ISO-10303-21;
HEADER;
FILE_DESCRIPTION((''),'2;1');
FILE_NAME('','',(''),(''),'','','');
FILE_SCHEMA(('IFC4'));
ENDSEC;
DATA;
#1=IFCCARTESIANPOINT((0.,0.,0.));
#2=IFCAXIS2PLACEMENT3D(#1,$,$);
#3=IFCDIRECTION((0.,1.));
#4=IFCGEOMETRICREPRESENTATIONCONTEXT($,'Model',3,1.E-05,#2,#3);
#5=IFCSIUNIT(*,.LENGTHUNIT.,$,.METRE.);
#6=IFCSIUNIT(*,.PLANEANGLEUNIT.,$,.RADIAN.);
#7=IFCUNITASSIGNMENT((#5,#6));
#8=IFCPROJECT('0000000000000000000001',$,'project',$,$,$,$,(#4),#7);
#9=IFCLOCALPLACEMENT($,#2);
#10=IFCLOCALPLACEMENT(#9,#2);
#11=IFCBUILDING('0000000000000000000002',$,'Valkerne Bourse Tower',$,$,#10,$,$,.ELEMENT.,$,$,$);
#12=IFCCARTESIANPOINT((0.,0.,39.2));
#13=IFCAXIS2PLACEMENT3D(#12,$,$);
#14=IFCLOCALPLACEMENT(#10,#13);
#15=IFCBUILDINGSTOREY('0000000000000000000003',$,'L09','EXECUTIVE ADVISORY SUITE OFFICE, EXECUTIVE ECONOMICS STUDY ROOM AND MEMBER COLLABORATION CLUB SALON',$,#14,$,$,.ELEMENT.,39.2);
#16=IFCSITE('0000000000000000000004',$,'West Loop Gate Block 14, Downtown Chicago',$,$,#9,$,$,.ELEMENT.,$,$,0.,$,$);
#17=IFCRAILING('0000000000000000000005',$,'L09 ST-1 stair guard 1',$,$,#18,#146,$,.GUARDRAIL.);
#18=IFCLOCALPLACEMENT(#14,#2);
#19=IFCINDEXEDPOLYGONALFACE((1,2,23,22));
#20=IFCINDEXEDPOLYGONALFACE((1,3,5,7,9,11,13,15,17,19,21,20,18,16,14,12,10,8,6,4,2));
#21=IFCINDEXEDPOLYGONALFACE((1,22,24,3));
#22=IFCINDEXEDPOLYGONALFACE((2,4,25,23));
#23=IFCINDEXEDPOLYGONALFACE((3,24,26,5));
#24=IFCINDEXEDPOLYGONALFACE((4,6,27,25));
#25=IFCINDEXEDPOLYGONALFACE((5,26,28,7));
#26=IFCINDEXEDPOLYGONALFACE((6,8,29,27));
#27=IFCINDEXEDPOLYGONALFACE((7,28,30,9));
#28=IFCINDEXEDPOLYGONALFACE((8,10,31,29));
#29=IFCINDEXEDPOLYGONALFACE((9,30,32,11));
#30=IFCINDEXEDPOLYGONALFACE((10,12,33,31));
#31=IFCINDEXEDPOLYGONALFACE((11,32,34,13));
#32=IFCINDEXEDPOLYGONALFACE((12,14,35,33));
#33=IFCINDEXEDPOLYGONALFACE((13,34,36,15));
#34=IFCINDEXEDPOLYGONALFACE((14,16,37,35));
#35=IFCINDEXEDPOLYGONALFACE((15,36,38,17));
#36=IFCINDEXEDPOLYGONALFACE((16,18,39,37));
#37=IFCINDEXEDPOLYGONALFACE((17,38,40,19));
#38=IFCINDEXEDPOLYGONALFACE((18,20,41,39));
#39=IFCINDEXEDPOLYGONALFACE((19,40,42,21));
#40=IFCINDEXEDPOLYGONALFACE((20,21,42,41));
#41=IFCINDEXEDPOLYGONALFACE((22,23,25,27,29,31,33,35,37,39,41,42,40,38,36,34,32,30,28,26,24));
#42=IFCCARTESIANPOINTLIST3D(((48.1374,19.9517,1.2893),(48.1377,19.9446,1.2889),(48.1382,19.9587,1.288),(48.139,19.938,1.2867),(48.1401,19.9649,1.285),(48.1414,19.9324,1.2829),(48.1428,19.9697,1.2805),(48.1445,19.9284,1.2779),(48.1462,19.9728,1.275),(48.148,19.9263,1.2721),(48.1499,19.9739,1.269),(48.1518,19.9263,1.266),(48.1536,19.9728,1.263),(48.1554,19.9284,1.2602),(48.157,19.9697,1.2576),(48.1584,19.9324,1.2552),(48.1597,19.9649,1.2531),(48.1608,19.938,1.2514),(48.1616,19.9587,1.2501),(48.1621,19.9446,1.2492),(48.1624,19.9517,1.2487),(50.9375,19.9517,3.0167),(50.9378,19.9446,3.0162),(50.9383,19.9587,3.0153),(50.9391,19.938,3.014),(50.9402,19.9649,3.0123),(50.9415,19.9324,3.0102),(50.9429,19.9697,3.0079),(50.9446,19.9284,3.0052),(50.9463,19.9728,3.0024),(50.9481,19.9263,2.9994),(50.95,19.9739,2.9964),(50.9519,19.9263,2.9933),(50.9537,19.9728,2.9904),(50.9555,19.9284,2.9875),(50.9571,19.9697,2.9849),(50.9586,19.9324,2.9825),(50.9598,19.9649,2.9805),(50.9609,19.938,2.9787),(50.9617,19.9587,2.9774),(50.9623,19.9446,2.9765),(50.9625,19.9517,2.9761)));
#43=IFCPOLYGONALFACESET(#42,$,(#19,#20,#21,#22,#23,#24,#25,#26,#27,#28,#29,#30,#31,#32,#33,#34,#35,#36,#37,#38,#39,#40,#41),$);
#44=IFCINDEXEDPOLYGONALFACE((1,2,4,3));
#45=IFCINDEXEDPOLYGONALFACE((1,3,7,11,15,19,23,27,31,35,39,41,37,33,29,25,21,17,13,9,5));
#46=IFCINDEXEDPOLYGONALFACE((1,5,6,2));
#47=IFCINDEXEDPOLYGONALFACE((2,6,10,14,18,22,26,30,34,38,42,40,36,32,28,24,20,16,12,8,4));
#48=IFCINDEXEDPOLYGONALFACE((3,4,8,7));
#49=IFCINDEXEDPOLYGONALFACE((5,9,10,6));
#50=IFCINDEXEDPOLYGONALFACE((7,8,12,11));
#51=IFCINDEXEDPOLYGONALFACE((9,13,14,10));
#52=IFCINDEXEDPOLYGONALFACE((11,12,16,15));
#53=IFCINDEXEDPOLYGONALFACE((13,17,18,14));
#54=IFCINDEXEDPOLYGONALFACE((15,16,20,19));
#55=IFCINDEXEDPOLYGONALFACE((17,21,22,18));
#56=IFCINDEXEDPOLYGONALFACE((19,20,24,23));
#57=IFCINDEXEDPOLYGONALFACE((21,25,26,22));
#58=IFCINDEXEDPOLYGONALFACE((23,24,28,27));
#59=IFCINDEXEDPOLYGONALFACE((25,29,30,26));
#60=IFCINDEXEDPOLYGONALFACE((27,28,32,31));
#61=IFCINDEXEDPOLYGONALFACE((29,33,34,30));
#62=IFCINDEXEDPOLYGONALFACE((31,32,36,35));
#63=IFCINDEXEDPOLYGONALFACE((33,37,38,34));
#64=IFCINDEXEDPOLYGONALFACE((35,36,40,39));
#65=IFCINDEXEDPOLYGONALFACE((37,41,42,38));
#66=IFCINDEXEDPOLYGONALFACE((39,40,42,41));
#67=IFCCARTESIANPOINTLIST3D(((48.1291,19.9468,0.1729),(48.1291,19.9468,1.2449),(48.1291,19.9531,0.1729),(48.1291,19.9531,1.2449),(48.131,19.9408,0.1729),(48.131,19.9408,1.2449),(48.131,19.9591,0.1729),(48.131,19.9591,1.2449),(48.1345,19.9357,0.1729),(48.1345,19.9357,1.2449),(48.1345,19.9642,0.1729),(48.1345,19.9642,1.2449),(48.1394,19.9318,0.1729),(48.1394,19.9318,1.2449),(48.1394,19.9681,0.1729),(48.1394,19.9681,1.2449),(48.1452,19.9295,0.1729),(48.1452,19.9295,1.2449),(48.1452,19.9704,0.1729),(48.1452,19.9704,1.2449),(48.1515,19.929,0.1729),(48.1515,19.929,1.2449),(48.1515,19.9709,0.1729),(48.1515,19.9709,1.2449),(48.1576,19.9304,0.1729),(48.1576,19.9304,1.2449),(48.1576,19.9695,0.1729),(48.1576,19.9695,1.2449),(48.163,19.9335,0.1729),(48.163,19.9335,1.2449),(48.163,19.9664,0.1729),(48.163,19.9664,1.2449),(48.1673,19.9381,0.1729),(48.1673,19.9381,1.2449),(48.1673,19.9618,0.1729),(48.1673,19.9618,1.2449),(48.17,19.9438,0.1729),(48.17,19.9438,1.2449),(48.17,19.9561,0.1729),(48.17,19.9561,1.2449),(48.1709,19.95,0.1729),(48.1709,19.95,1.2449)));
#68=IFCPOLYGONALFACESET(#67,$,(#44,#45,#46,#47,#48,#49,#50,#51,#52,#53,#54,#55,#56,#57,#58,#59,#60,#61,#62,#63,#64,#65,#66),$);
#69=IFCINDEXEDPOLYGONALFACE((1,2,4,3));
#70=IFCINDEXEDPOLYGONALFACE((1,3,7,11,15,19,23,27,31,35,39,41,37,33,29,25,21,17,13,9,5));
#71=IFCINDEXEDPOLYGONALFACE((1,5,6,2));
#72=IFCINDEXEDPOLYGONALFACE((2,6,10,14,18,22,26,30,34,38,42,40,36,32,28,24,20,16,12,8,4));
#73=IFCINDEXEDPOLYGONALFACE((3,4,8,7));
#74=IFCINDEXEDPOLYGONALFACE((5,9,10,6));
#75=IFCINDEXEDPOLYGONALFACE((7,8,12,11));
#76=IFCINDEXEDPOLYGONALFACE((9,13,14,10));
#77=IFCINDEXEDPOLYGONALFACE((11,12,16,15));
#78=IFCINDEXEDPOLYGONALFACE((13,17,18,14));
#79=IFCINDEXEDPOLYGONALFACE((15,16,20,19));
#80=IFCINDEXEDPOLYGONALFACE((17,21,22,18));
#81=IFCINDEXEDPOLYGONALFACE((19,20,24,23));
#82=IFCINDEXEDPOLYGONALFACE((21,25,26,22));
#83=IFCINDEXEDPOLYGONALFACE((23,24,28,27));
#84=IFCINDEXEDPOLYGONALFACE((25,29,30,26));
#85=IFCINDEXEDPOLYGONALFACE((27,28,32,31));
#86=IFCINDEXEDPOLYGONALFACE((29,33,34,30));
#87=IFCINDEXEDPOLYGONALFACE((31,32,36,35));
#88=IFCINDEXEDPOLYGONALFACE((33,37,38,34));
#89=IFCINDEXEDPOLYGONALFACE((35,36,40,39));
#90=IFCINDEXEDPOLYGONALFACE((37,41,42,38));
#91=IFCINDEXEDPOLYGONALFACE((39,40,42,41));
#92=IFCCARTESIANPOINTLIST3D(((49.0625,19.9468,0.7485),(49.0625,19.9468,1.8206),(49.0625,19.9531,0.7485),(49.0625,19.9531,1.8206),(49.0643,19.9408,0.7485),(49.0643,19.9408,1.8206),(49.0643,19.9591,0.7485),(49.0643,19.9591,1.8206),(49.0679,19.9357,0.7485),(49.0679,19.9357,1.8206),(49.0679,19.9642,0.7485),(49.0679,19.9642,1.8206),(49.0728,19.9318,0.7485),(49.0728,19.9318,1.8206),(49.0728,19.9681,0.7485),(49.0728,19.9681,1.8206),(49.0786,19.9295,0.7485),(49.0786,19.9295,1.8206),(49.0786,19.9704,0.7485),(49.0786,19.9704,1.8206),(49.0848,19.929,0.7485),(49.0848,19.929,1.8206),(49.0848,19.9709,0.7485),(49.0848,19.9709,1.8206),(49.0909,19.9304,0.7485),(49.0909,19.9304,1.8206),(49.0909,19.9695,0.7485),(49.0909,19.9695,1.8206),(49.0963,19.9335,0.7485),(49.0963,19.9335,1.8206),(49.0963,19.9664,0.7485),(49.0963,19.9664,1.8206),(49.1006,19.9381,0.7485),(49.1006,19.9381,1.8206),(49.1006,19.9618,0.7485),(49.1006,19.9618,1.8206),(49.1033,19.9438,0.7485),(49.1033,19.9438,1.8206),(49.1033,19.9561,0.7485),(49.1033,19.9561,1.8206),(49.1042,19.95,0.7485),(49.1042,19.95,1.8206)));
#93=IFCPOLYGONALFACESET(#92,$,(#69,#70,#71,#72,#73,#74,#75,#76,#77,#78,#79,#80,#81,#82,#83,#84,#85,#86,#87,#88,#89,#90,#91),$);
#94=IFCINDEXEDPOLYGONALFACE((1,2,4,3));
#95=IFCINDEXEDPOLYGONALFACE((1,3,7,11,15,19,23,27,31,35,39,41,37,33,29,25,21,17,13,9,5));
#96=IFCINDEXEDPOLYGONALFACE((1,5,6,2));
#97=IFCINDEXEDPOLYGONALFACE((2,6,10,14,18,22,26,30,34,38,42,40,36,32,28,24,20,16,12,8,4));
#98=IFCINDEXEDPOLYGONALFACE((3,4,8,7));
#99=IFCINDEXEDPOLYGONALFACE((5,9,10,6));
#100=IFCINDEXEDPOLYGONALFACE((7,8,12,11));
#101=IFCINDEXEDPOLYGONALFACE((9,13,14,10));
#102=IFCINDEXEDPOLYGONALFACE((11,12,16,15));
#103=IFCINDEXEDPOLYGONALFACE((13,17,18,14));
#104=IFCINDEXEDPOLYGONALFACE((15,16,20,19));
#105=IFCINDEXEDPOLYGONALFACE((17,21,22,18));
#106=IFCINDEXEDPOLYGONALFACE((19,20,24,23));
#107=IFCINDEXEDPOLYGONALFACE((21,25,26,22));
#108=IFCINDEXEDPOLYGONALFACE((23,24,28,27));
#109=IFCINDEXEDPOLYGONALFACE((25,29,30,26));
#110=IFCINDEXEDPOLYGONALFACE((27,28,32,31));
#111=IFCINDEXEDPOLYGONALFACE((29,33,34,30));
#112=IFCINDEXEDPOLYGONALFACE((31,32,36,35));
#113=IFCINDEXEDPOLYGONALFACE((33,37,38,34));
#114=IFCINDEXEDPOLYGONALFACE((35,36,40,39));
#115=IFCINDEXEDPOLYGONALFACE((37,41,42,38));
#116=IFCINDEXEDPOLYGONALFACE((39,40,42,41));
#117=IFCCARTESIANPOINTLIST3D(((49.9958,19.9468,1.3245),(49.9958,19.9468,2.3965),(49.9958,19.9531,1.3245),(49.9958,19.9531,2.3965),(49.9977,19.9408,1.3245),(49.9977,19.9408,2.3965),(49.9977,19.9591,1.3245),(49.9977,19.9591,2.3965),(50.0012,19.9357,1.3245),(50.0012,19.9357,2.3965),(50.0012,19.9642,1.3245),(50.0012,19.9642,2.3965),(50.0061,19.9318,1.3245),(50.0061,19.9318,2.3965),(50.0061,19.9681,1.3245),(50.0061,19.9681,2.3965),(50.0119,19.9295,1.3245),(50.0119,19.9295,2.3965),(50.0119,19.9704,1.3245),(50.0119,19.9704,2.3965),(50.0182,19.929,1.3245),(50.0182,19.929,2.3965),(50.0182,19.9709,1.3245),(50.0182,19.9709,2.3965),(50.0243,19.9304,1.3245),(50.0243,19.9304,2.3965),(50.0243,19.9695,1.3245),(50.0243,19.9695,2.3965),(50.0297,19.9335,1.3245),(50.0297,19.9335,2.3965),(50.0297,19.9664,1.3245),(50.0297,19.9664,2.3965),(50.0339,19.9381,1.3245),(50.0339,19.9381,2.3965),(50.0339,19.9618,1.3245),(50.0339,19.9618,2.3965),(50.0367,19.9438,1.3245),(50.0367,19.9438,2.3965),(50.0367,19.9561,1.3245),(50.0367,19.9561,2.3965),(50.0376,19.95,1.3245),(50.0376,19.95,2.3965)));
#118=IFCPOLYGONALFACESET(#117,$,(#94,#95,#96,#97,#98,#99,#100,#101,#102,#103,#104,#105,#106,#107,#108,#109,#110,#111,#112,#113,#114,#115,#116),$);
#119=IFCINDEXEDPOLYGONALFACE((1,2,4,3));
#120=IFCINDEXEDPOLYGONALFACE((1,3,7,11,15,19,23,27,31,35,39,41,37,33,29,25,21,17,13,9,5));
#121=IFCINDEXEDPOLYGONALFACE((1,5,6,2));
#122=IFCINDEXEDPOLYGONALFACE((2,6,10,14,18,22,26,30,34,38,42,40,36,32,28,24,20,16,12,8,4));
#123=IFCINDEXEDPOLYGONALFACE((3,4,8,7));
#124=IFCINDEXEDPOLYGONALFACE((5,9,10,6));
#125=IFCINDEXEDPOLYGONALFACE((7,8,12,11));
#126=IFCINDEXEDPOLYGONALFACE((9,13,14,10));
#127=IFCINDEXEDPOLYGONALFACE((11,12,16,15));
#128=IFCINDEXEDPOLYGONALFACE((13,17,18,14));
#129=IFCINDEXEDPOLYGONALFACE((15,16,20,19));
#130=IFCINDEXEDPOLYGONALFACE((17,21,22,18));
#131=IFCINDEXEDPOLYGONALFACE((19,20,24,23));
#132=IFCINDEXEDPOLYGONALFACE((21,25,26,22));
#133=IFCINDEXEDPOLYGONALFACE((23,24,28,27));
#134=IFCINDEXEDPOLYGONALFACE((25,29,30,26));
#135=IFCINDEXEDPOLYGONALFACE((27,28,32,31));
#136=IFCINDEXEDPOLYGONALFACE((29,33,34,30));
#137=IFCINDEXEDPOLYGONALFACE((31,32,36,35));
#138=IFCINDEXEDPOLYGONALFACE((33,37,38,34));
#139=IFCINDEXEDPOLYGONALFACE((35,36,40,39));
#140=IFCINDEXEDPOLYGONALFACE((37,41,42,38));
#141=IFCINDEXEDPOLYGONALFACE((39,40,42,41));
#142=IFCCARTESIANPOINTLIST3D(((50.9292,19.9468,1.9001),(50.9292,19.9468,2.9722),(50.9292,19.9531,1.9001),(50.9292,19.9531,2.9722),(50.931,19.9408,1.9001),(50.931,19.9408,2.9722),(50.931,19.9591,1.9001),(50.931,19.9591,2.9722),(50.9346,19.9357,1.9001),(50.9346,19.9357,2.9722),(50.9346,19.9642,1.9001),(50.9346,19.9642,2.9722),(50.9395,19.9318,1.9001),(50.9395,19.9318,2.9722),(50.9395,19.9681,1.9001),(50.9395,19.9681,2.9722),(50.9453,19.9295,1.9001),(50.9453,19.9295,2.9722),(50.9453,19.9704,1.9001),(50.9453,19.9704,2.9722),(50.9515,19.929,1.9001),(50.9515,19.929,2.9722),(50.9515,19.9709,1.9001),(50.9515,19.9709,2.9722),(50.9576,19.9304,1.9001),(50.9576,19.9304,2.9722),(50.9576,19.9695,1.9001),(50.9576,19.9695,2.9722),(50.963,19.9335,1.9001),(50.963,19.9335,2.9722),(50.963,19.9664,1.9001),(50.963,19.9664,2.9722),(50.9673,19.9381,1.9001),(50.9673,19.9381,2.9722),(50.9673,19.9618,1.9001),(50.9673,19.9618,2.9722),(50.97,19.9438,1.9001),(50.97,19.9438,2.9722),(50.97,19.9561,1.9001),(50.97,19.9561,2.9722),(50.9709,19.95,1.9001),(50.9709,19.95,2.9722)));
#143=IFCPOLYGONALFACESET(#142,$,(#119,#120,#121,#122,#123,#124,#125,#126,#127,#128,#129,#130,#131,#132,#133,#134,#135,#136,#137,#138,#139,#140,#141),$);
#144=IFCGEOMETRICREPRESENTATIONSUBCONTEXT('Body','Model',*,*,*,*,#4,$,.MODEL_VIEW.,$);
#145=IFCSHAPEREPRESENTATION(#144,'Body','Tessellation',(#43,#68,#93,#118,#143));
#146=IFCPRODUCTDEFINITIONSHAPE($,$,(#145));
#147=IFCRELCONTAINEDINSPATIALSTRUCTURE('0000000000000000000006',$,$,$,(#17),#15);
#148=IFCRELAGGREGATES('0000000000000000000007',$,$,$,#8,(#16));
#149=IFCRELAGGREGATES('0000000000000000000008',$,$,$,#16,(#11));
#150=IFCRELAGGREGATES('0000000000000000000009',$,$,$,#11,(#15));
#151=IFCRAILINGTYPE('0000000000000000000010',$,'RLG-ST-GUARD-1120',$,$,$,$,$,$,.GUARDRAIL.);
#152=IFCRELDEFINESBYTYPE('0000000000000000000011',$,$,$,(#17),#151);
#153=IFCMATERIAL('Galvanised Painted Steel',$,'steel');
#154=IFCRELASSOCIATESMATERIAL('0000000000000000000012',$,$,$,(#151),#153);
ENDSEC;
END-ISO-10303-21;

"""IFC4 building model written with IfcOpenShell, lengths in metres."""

from ifc_helpers import new_model, si_unit, direction, frame, origin, origin_2d, place, context, subcontext, project, spatial, circle, extrude, material, type_object, element, save


model = new_model("IFC4")

# Units and contexts
model_context = context("Model", 3, precision=1e-05, world=origin(), true_north=direction((0.0, 1.0)))
body_context = subcontext(model_context, "Body", "Model", "MODEL_VIEW")
ifc_project = project(units=[si_unit("LENGTHUNIT", "METRE"), si_unit("PLANEANGLEUNIT", "RADIAN")], contexts=[model_context])

# Site, building, storey
site_placement = place(None, origin())
site = spatial("IfcSite", under=ifc_project, at=site_placement, Name="West Loop Gate Block 14, Downtown Chicago", CompositionType="ELEMENT", RefElevation=0.0)
building_placement = place(site_placement, origin())
building = spatial("IfcBuilding", under=site, at=building_placement, Name="Valkerne Bourse Tower", CompositionType="ELEMENT")
storey_placement = place(building_placement, frame((0.0, 0.0, 39.2)))
storey = spatial("IfcBuildingStorey", under=building, at=storey_placement, Name="L09", Description="EXECUTIVE ADVISORY SUITE OFFICE, EXECUTIVE ECONOMICS STUDY ROOM AND MEMBER COLLABORATION CLUB SALON", CompositionType="ELEMENT", Elevation=39.2)

# Shared definitions
ifc_material_1 = material(Name="Galvanised Painted Steel", Category="steel")

# Railing
railing_type_1 = type_object("IfcRailingType", Name="RLG-ST-GUARD-1120", PredefinedType="GUARDRAIL", material=ifc_material_1)
railing_1_placement = place(storey_placement, frame((48.1499, 19.95, 0.1729)))
element("IfcRailing", 1, at=railing_1_placement, inside=storey, type_object=railing_type_1, Name="L09 ST-1 stair guard 1", PredefinedType="GUARDRAIL", context=body_context, shape_type="SweptSolid", body=[
    extrude(circle(Radius=0.0239, at=origin_2d()), frame((0.0, 0.0, 1.0962), z_axis=(0.85109, 0.0, 0.52502), x_axis=(0.0, 1.0, 0.0)), (0.0, 0.0, 1.0), 3.29),
    extrude(circle(Radius=0.021, at=origin_2d()), origin(), (0.0, 0.0, 1.0), 1.072),
    extrude(circle(Radius=0.021, at=origin_2d()), frame((0.9333, 0.0, 0.5757)), (0.0, 0.0, 1.0), 1.072),
    extrude(circle(Radius=0.021, at=origin_2d()), frame((1.8667, 0.0, 1.1516)), (0.0, 0.0, 1.0), 1.072),
    extrude(circle(Radius=0.021, at=origin_2d()), frame((2.8, 0.0, 1.7273)), (0.0, 0.0, 1.0), 1.072),
])

save(model, "model.ifc")
